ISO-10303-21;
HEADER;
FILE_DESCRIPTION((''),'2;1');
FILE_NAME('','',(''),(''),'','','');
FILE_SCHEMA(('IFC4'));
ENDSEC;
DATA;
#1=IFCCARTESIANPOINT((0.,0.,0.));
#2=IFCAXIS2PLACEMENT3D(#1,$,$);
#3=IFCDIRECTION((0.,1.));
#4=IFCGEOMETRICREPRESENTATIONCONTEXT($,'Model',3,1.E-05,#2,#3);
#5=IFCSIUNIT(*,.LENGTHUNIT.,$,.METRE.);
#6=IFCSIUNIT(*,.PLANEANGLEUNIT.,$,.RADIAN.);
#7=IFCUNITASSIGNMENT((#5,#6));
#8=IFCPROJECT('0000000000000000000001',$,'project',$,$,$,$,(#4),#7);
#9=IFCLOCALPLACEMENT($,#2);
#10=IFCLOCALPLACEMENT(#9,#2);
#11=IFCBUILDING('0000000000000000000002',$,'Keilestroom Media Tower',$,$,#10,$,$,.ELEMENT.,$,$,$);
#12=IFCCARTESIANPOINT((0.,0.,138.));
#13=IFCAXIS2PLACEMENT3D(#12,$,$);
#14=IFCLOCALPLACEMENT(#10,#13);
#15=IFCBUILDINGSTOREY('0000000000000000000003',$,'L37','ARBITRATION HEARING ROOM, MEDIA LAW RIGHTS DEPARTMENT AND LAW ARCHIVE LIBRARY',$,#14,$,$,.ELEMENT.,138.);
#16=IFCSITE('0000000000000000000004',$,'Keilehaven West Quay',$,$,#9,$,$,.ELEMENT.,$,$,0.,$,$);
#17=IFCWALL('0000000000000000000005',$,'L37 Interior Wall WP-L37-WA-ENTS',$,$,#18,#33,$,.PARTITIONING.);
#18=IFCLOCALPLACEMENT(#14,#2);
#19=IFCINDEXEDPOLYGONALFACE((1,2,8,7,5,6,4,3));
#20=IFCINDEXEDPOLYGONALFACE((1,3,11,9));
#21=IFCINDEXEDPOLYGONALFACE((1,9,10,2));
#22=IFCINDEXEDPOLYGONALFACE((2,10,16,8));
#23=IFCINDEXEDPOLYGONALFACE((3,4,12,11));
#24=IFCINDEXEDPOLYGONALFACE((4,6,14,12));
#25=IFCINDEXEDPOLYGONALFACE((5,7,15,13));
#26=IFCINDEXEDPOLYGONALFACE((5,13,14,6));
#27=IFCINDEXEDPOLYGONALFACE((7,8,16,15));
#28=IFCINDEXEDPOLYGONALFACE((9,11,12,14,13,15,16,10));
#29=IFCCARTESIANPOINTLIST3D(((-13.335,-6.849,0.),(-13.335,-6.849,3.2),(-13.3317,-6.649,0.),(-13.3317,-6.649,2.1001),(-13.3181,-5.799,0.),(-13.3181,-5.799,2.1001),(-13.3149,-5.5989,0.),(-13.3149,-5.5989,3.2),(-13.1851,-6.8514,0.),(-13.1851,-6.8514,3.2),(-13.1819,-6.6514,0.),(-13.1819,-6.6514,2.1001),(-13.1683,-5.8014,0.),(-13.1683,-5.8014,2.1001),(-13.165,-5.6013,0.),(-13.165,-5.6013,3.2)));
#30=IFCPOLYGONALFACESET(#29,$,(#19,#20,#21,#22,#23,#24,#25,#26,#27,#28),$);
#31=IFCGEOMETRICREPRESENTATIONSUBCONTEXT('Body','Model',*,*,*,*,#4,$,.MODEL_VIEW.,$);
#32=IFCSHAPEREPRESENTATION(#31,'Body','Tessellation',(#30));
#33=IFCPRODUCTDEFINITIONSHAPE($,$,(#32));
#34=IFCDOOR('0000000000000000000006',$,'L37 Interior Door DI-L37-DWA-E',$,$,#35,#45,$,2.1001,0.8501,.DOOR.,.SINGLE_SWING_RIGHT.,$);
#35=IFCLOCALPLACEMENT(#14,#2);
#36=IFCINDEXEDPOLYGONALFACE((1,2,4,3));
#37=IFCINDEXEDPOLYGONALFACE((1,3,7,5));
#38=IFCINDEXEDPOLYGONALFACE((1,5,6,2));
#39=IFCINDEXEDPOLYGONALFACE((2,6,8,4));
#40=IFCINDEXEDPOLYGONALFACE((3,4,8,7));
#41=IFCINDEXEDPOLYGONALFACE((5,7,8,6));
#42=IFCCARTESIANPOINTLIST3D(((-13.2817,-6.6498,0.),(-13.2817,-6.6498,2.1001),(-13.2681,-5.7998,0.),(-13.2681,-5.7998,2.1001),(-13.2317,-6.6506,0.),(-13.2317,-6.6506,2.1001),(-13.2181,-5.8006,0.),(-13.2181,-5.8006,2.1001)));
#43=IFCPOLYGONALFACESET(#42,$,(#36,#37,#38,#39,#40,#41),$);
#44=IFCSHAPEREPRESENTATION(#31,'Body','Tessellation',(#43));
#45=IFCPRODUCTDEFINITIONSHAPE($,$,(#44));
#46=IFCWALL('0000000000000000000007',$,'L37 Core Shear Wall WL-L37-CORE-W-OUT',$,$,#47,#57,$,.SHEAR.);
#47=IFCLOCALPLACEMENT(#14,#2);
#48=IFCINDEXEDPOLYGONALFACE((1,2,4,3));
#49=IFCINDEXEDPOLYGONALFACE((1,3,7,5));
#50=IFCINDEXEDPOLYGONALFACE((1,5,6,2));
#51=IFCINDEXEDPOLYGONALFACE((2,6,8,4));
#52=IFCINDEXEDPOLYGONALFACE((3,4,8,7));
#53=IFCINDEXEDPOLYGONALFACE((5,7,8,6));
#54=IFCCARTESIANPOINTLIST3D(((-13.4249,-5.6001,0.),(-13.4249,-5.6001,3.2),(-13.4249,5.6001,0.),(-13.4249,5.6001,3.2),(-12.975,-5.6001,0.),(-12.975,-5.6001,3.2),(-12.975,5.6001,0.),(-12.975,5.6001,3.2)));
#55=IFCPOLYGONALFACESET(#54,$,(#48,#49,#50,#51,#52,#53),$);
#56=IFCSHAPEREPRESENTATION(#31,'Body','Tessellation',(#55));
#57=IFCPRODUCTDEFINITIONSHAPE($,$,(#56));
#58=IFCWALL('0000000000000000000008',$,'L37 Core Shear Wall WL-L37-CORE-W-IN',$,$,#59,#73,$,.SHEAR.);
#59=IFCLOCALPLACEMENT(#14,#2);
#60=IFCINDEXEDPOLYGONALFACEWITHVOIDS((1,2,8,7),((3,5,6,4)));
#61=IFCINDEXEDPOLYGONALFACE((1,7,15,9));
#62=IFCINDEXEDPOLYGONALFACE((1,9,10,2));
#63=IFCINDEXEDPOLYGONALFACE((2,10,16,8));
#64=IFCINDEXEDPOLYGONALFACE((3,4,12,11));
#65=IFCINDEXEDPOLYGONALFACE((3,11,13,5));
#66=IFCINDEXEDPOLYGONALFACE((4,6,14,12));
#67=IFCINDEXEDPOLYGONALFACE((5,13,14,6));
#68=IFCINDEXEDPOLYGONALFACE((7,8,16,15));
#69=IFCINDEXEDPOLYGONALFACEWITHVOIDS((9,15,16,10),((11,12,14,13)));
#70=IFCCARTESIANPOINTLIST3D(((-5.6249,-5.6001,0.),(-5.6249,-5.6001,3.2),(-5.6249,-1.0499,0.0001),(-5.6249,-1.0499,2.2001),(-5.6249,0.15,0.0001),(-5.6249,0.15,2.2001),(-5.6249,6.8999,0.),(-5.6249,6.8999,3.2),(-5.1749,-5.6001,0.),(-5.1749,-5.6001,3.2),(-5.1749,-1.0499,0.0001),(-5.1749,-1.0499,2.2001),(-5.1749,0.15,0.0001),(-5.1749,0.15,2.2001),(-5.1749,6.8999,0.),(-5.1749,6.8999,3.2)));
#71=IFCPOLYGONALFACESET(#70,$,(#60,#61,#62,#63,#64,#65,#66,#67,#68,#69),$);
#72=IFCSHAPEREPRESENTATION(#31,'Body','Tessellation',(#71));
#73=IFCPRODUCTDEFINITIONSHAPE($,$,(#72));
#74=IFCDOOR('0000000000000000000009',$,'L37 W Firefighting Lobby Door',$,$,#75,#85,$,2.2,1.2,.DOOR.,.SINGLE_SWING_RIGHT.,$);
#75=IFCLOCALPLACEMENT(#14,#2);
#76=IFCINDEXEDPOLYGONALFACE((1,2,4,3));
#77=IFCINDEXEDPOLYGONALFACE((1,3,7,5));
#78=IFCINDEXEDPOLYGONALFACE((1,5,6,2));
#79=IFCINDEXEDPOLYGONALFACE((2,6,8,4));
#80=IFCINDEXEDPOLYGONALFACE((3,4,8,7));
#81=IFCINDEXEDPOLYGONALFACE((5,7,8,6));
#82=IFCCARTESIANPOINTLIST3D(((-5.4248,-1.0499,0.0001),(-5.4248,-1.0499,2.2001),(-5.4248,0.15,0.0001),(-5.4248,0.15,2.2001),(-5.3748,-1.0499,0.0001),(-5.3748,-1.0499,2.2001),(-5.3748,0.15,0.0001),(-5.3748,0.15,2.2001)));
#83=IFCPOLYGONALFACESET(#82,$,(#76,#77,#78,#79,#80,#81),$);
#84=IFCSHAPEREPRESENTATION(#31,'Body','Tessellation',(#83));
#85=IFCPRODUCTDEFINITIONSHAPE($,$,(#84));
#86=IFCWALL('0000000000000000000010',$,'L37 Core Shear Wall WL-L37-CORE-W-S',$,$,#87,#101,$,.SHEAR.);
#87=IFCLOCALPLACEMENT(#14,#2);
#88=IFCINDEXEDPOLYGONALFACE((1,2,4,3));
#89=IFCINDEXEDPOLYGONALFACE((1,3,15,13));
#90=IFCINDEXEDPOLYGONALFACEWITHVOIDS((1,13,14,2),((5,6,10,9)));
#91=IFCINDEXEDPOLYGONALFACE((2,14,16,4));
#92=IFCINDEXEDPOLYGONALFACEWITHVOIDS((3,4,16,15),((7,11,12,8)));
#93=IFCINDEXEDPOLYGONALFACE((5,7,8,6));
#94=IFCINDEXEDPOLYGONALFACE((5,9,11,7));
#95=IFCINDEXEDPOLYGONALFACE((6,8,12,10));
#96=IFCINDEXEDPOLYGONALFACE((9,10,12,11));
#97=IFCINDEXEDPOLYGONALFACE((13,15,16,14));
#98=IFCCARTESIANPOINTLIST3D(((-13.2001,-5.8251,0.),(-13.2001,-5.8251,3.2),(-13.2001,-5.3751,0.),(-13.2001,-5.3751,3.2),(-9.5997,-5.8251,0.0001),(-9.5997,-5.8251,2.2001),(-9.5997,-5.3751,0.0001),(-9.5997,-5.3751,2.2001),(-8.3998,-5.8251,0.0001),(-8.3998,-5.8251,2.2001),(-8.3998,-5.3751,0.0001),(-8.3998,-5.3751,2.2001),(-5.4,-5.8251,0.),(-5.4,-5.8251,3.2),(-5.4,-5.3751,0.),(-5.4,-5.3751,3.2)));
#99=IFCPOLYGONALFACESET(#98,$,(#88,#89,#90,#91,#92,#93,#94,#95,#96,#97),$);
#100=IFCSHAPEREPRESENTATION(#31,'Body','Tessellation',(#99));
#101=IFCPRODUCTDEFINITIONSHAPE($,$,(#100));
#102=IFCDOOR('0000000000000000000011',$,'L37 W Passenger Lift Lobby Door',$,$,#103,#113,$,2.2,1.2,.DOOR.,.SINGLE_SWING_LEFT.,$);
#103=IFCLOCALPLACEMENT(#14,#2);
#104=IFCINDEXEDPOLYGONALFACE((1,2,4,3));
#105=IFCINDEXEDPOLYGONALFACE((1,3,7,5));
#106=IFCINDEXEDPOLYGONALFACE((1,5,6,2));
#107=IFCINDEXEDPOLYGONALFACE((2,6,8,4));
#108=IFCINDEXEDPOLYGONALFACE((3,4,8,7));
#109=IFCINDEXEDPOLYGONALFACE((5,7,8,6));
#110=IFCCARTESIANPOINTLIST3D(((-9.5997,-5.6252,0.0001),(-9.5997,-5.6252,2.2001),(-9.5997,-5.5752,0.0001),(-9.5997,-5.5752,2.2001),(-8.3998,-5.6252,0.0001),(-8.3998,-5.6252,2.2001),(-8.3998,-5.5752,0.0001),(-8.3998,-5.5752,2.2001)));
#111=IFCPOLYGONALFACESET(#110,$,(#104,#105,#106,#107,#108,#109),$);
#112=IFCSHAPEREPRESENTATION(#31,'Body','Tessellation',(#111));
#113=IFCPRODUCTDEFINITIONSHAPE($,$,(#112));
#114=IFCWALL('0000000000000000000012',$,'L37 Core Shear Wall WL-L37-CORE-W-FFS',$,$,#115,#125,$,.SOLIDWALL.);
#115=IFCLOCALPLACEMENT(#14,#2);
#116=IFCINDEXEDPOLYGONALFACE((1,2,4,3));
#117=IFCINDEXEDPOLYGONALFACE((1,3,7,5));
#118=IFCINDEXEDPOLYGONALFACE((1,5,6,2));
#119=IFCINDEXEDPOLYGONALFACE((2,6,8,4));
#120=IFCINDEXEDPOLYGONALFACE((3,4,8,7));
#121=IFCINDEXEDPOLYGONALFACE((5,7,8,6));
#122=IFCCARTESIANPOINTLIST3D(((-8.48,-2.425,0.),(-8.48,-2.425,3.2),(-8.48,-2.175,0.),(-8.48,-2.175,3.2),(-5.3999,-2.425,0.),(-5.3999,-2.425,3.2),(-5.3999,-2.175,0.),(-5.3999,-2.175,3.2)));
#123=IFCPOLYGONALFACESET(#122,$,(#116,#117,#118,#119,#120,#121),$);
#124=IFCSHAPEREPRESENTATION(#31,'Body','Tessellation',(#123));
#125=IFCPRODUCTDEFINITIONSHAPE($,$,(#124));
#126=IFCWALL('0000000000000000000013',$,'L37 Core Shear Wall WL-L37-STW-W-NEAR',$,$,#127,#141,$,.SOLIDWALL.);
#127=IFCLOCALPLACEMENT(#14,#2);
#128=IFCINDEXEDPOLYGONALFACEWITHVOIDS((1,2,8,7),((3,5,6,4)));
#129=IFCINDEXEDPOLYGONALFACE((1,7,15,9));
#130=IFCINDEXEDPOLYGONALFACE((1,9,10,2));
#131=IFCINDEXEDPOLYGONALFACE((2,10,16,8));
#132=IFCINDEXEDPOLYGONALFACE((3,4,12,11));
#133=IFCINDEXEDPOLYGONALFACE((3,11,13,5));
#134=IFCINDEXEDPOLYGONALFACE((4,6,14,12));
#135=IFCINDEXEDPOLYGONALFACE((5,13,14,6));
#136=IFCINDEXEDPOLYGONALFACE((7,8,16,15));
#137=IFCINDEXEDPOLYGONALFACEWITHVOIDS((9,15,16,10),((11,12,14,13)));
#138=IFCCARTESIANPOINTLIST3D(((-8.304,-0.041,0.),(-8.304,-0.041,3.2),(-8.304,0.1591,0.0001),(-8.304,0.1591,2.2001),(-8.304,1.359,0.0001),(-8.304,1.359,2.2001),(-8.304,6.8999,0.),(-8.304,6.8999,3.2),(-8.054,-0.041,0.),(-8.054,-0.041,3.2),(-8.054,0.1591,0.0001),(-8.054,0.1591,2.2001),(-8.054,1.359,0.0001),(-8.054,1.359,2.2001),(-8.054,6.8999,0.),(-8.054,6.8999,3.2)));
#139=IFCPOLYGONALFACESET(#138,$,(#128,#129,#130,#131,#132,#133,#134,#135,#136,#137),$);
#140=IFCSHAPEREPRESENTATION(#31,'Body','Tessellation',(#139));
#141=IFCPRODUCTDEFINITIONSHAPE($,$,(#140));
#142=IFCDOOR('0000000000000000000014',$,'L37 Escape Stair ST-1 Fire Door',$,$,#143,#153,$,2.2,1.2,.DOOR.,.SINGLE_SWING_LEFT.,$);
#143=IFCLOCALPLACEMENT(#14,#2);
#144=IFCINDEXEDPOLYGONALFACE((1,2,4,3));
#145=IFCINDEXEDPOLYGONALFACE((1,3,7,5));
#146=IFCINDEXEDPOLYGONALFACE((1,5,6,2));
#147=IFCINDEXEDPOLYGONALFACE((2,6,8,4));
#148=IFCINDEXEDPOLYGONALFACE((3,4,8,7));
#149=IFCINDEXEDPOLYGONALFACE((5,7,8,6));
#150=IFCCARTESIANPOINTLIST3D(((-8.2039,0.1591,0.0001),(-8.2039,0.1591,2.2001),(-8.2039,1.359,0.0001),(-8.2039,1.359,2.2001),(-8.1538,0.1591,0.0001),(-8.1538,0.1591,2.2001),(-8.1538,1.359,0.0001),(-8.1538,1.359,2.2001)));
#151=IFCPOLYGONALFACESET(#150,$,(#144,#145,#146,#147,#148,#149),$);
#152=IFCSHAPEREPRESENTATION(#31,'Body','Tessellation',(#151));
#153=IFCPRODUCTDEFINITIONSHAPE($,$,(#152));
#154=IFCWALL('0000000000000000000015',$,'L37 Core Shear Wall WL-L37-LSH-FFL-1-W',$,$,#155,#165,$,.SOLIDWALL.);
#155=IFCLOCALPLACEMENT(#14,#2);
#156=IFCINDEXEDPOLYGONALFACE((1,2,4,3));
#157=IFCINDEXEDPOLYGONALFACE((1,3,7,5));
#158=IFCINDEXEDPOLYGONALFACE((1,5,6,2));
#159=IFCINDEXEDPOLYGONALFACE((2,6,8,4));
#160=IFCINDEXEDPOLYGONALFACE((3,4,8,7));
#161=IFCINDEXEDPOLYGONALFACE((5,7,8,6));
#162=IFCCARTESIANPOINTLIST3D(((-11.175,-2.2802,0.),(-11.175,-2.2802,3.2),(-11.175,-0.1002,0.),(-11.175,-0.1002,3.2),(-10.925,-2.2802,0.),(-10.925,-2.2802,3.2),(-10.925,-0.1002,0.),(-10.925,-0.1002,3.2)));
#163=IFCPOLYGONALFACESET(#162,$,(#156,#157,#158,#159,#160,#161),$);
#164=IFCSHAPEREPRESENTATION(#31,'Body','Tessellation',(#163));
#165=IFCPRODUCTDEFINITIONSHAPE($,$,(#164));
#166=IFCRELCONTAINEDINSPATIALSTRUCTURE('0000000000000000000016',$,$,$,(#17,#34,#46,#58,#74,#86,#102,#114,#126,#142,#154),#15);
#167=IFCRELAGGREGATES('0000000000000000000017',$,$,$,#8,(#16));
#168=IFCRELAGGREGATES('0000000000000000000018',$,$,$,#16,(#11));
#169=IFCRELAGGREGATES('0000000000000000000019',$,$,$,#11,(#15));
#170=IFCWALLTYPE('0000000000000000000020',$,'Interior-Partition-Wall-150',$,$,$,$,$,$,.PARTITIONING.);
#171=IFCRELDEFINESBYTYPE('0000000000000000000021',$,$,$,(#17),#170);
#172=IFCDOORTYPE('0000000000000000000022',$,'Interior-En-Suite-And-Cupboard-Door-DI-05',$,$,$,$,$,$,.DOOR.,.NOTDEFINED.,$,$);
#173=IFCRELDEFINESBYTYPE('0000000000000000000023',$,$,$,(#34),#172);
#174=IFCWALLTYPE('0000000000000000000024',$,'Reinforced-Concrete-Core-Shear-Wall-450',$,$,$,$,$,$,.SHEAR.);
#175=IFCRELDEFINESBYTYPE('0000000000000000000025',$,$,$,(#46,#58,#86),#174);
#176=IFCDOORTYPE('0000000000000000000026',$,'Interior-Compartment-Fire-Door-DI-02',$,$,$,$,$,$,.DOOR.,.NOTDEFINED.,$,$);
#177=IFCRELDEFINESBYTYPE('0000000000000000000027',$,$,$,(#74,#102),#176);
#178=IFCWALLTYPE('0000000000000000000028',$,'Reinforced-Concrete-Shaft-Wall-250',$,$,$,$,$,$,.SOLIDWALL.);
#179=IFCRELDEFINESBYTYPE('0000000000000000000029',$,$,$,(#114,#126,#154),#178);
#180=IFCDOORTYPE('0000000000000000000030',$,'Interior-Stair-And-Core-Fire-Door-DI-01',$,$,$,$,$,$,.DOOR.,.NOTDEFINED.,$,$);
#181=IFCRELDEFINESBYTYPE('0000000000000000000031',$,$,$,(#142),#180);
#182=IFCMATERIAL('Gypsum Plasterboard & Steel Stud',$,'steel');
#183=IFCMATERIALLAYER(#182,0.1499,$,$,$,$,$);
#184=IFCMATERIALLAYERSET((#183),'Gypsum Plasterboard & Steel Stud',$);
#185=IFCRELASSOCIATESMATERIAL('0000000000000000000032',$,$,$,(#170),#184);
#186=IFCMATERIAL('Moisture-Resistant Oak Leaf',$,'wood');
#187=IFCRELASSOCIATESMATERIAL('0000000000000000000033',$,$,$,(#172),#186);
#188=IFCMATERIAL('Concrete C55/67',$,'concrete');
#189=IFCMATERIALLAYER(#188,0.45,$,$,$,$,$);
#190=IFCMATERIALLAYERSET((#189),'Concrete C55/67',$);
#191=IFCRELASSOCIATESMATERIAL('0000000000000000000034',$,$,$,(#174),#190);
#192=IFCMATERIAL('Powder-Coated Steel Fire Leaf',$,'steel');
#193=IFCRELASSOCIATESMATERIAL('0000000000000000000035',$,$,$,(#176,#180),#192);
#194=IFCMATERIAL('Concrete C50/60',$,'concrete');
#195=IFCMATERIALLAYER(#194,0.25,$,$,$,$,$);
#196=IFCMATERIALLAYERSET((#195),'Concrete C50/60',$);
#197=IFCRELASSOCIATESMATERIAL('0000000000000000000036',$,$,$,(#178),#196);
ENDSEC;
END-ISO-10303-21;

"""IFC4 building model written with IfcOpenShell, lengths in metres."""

from ifc_helpers import new_model, si_unit, direction, frame, frame_2d, origin, place, context, subcontext, project, spatial, rectangle, extrude, source, transform, mapped, material, layer, layer_set, type_object, element, fill, save


model = new_model("IFC4")

# Units and contexts
model_context = context("Model", 3, precision=1e-05, world=origin(), true_north=direction((0.0, 1.0)))
body_context = subcontext(model_context, "Body", "Model", "MODEL_VIEW")
ifc_project = project(units=[si_unit("LENGTHUNIT", "METRE"), si_unit("PLANEANGLEUNIT", "RADIAN")], contexts=[model_context])

# Site, building, storey
site_placement = place(None, origin())
site = spatial("IfcSite", under=ifc_project, at=site_placement, Name="Keilehaven West Quay", CompositionType="ELEMENT", RefElevation=0.0)
building_placement = place(site_placement, origin())
building = spatial("IfcBuilding", under=site, at=building_placement, Name="Keilestroom Media Tower", CompositionType="ELEMENT")
storey_placement = place(building_placement, frame((0.0, 0.0, 138.0)))
storey = spatial("IfcBuildingStorey", under=building, at=storey_placement, Name="L37", Description="ARBITRATION HEARING ROOM, MEDIA LAW RIGHTS DEPARTMENT AND LAW ARCHIVE LIBRARY", CompositionType="ELEMENT", Elevation=138.0)

# Wall, opening, door
ifc_material_1 = material(Name="Gypsum Plasterboard & Steel Stud", Category="steel")
ifc_layer_1 = layer(ifc_material_1, 0.1499)
ifc_layer_set_1 = layer_set([ifc_layer_1], Name="Gypsum Plasterboard & Steel Stud")
wall_type_1 = type_object("IfcWallType", Name="Interior-Partition-Wall-150", PredefinedType="PARTITIONING", material=ifc_layer_set_1)
wall_1_placement = place(storey_placement, frame((-13.26, -6.8501, 0.0), z_axis=(0.0, 0.0, 1.0), x_axis=(0.016014, 0.999872, 0.0)))
wall_1 = element("IfcWall", 1, at=wall_1_placement, inside=storey, type_object=wall_type_1, Name="L37 Interior Wall WP-L37-WA-ENTS", PredefinedType="PARTITIONING", context=body_context, shape_type="SweptSolid", body=[
    extrude(rectangle(XDim=1.2502, YDim=0.1499, at=frame_2d((0.625, 0.0))), origin(), (0.0, 0.0, 1.0), 3.2),
])
opening_1_placement = place(wall_1_placement, frame((0.2, 0.0, 0.0)))
opening_1 = element("IfcOpeningElement", 2, at=opening_1_placement, cuts=wall_1, PredefinedType="OPENING", context=body_context, shape_type="SweptSolid", body=[
    extrude(rectangle(XDim=0.8501, YDim=2.1001, at=frame_2d((0.425, 1.05))), frame((0.0, 0.085, 0.0), z_axis=(0.0, -1.0, 0.0), x_axis=(1.0, 0.0, 0.0)), (0.0, 0.0, 1.0), 0.1699),
])
ifc_material_2 = material(Name="Moisture-Resistant Oak Leaf", Category="wood")
door_type_1 = type_object("IfcDoorType", Name="Interior-En-Suite-And-Cupboard-Door-DI-05", OperationType="NOTDEFINED", PredefinedType="DOOR", material=ifc_material_2)
shared_shape_1 = source(origin(), body_context, "Body", "SweptSolid", [
    extrude(rectangle(XDim=0.8501, YDim=2.1001, at=frame_2d((0.425, 1.05))), frame((0.0, 0.0249, 0.0), z_axis=(0.0, -1.0, 0.0), x_axis=(1.0, 0.0, 0.0)), (0.0, 0.0, 1.0), 0.05),
])
door_1_placement = place(opening_1_placement, origin())
door_1 = element("IfcDoor", 3, at=door_1_placement, inside=storey, type_object=door_type_1, Name="L37 Interior Door DI-L37-DWA-E", OperationType="SINGLE_SWING_RIGHT", OverallHeight=2.1001, OverallWidth=0.8501, PredefinedType="DOOR", context=body_context, shape_type="MappedRepresentation", body=[
    mapped(shared_shape_1, transform((0.0, 0.0, 0.0), x_axis=(1.0, 0.0, 0.0), y_axis=(0.0, 1.0, 0.0), z_axis=(0.0, 0.0, 1.0), scale=1.0)),
])
fill(opening_1, door_1)

# Wall
ifc_material_3 = material(Name="Concrete C55/67", Category="concrete")
ifc_layer_2 = layer(ifc_material_3, 0.45)
ifc_layer_set_2 = layer_set([ifc_layer_2], Name="Concrete C55/67")
wall_type_2 = type_object("IfcWallType", Name="Reinforced-Concrete-Core-Shear-Wall-450", PredefinedType="SHEAR", material=ifc_layer_set_2)
wall_2_placement = place(storey_placement, frame((-13.2, -5.6001, 0.0), z_axis=(0.0, 0.0, 1.0), x_axis=(0.0, 1.0, 0.0)))
element("IfcWall", 4, at=wall_2_placement, inside=storey, type_object=wall_type_2, Name="L37 Core Shear Wall WL-L37-CORE-W-OUT", PredefinedType="SHEAR", context=body_context, shape_type="SweptSolid", body=[
    extrude(rectangle(XDim=11.2002, YDim=0.45, at=frame_2d((5.6001, 0.0))), origin(), (0.0, 0.0, 1.0), 3.2),
])

# Walls, openings, doors
wall_3_placement = place(storey_placement, frame((-5.3999, -5.6001, 0.0), z_axis=(0.0, 0.0, 1.0), x_axis=(0.0, 1.0, 0.0)))
wall_3 = element("IfcWall", 5, at=wall_3_placement, inside=storey, type_object=wall_type_2, Name="L37 Core Shear Wall WL-L37-CORE-W-IN", PredefinedType="SHEAR", context=body_context, shape_type="SweptSolid", body=[
    extrude(rectangle(XDim=12.5, YDim=0.45, at=frame_2d((6.25, 0.0))), origin(), (0.0, 0.0, 1.0), 3.2),
])
opening_2_placement = place(wall_3_placement, frame((4.55, 0.0, 0.0)))
opening_2 = element("IfcOpeningElement", 6, at=opening_2_placement, cuts=wall_3, PredefinedType="OPENING", context=body_context, shape_type="SweptSolid", body=[
    extrude(rectangle(XDim=1.2, YDim=2.2, at=frame_2d((0.6001, 1.1001))), frame((0.0, 0.2349, 0.0), z_axis=(0.0, -1.0, 0.0), x_axis=(1.0, 0.0, 0.0)), (0.0, 0.0, 1.0), 0.47),
])
ifc_material_4 = material(Name="Powder-Coated Steel Fire Leaf", Category="steel")
door_type_2 = type_object("IfcDoorType", Name="Interior-Compartment-Fire-Door-DI-02", OperationType="NOTDEFINED", PredefinedType="DOOR", material=ifc_material_4)
shared_shape_2 = source(origin(), body_context, "Body", "SweptSolid", [
    extrude(rectangle(XDim=1.2, YDim=2.2, at=frame_2d((0.6001, 1.1001))), frame((0.0, 0.0249, 0.0), z_axis=(0.0, -1.0, 0.0), x_axis=(1.0, 0.0, 0.0)), (0.0, 0.0, 1.0), 0.05),
])
door_2_placement = place(opening_2_placement, origin())
door_2 = element("IfcDoor", 7, at=door_2_placement, inside=storey, type_object=door_type_2, Name="L37 W Firefighting Lobby Door", OperationType="SINGLE_SWING_RIGHT", OverallHeight=2.2, OverallWidth=1.2, PredefinedType="DOOR", context=body_context, shape_type="MappedRepresentation", body=[
    mapped(shared_shape_2, transform((0.0, 0.0, 0.0), x_axis=(1.0, 0.0, 0.0), y_axis=(0.0, 1.0, 0.0), z_axis=(0.0, 0.0, 1.0), scale=1.0)),
])
fill(opening_2, door_2)
wall_4_placement = place(storey_placement, frame((-13.2, -5.6001, 0.0), z_axis=(0.0, 0.0, 1.0), x_axis=(1.0, 0.0, 0.0)))
wall_4 = element("IfcWall", 8, at=wall_4_placement, inside=storey, type_object=wall_type_2, Name="L37 Core Shear Wall WL-L37-CORE-W-S", PredefinedType="SHEAR", context=body_context, shape_type="SweptSolid", body=[
    extrude(rectangle(XDim=7.8, YDim=0.45, at=frame_2d((3.8999, 0.0))), origin(), (0.0, 0.0, 1.0), 3.2),
])
opening_3_placement = place(wall_4_placement, frame((3.6001, 0.0, 0.0)))
opening_3 = element("IfcOpeningElement", 9, at=opening_3_placement, cuts=wall_4, PredefinedType="OPENING", context=body_context, shape_type="SweptSolid", body=[
    extrude(rectangle(XDim=1.2, YDim=2.2, at=frame_2d((0.6001, 1.1001))), frame((0.0, 0.2349, 0.0), z_axis=(0.0, -1.0, 0.0), x_axis=(1.0, 0.0, 0.0)), (0.0, 0.0, 1.0), 0.47),
])
door_3_placement = place(opening_3_placement, origin())
door_3 = element("IfcDoor", 10, at=door_3_placement, inside=storey, type_object=door_type_2, Name="L37 W Passenger Lift Lobby Door", OperationType="SINGLE_SWING_LEFT", OverallHeight=2.2, OverallWidth=1.2, PredefinedType="DOOR", context=body_context, shape_type="MappedRepresentation", body=[
    mapped(shared_shape_2, transform((0.0, 0.0, 0.0), x_axis=(1.0, 0.0, 0.0), y_axis=(0.0, 1.0, 0.0), z_axis=(0.0, 0.0, 1.0), scale=1.0)),
])
fill(opening_3, door_3)

# Wall
ifc_material_5 = material(Name="Concrete C50/60", Category="concrete")
ifc_layer_3 = layer(ifc_material_5, 0.25)
ifc_layer_set_3 = layer_set([ifc_layer_3], Name="Concrete C50/60")
wall_type_3 = type_object("IfcWallType", Name="Reinforced-Concrete-Shaft-Wall-250", PredefinedType="SOLIDWALL", material=ifc_layer_set_3)
wall_5_placement = place(storey_placement, frame((-8.48, -2.3, 0.0), z_axis=(0.0, 0.0, 1.0), x_axis=(1.0, 0.0, 0.0)))
element("IfcWall", 11, at=wall_5_placement, inside=storey, type_object=wall_type_3, Name="L37 Core Shear Wall WL-L37-CORE-W-FFS", PredefinedType="SOLIDWALL", context=body_context, shape_type="SweptSolid", body=[
    extrude(rectangle(XDim=3.0801, YDim=0.25, at=frame_2d((1.54, 0.0))), origin(), (0.0, 0.0, 1.0), 3.2),
])

# Wall, opening, door
wall_6_placement = place(storey_placement, frame((-8.179, -0.041, 0.0), z_axis=(0.0, 0.0, 1.0), x_axis=(0.0, 1.0, 0.0)))
wall_6 = element("IfcWall", 12, at=wall_6_placement, inside=storey, type_object=wall_type_3, Name="L37 Core Shear Wall WL-L37-STW-W-NEAR", PredefinedType="SOLIDWALL", context=body_context, shape_type="SweptSolid", body=[
    extrude(rectangle(XDim=6.9409, YDim=0.25, at=frame_2d((3.4705, 0.0))), origin(), (0.0, 0.0, 1.0), 3.2),
])
opening_4_placement = place(wall_6_placement, frame((0.2, 0.0, 0.0)))
opening_4 = element("IfcOpeningElement", 13, at=opening_4_placement, cuts=wall_6, PredefinedType="OPENING", context=body_context, shape_type="SweptSolid", body=[
    extrude(rectangle(XDim=1.2, YDim=2.2, at=frame_2d((0.6001, 1.1001))), frame((0.0, 0.135, 0.0), z_axis=(0.0, -1.0, 0.0), x_axis=(1.0, 0.0, 0.0)), (0.0, 0.0, 1.0), 0.27),
])
door_type_3 = type_object("IfcDoorType", Name="Interior-Stair-And-Core-Fire-Door-DI-01", OperationType="NOTDEFINED", PredefinedType="DOOR", material=ifc_material_4)
door_4_placement = place(opening_4_placement, origin())
door_4 = element("IfcDoor", 14, at=door_4_placement, inside=storey, type_object=door_type_3, Name="L37 Escape Stair ST-1 Fire Door", OperationType="SINGLE_SWING_LEFT", OverallHeight=2.2, OverallWidth=1.2, PredefinedType="DOOR", context=body_context, shape_type="MappedRepresentation", body=[
    mapped(shared_shape_2, transform((0.0, 0.0, 0.0), x_axis=(1.0, 0.0, 0.0), y_axis=(0.0, 1.0, 0.0), z_axis=(0.0, 0.0, 1.0), scale=1.0)),
])
fill(opening_4, door_4)

# Wall
wall_7_placement = place(storey_placement, frame((-11.05, -2.28, 0.0), z_axis=(0.0, 0.0, 1.0), x_axis=(0.0, 1.0, 0.0)))
element("IfcWall", 15, at=wall_7_placement, inside=storey, type_object=wall_type_3, Name="L37 Core Shear Wall WL-L37-LSH-FFL-1-W", PredefinedType="SOLIDWALL", context=body_context, shape_type="SweptSolid", body=[
    extrude(rectangle(XDim=2.1799, YDim=0.25, at=frame_2d((1.0898, 0.0))), origin(), (0.0, 0.0, 1.0), 3.2),
])

save(model, "model.ifc")
